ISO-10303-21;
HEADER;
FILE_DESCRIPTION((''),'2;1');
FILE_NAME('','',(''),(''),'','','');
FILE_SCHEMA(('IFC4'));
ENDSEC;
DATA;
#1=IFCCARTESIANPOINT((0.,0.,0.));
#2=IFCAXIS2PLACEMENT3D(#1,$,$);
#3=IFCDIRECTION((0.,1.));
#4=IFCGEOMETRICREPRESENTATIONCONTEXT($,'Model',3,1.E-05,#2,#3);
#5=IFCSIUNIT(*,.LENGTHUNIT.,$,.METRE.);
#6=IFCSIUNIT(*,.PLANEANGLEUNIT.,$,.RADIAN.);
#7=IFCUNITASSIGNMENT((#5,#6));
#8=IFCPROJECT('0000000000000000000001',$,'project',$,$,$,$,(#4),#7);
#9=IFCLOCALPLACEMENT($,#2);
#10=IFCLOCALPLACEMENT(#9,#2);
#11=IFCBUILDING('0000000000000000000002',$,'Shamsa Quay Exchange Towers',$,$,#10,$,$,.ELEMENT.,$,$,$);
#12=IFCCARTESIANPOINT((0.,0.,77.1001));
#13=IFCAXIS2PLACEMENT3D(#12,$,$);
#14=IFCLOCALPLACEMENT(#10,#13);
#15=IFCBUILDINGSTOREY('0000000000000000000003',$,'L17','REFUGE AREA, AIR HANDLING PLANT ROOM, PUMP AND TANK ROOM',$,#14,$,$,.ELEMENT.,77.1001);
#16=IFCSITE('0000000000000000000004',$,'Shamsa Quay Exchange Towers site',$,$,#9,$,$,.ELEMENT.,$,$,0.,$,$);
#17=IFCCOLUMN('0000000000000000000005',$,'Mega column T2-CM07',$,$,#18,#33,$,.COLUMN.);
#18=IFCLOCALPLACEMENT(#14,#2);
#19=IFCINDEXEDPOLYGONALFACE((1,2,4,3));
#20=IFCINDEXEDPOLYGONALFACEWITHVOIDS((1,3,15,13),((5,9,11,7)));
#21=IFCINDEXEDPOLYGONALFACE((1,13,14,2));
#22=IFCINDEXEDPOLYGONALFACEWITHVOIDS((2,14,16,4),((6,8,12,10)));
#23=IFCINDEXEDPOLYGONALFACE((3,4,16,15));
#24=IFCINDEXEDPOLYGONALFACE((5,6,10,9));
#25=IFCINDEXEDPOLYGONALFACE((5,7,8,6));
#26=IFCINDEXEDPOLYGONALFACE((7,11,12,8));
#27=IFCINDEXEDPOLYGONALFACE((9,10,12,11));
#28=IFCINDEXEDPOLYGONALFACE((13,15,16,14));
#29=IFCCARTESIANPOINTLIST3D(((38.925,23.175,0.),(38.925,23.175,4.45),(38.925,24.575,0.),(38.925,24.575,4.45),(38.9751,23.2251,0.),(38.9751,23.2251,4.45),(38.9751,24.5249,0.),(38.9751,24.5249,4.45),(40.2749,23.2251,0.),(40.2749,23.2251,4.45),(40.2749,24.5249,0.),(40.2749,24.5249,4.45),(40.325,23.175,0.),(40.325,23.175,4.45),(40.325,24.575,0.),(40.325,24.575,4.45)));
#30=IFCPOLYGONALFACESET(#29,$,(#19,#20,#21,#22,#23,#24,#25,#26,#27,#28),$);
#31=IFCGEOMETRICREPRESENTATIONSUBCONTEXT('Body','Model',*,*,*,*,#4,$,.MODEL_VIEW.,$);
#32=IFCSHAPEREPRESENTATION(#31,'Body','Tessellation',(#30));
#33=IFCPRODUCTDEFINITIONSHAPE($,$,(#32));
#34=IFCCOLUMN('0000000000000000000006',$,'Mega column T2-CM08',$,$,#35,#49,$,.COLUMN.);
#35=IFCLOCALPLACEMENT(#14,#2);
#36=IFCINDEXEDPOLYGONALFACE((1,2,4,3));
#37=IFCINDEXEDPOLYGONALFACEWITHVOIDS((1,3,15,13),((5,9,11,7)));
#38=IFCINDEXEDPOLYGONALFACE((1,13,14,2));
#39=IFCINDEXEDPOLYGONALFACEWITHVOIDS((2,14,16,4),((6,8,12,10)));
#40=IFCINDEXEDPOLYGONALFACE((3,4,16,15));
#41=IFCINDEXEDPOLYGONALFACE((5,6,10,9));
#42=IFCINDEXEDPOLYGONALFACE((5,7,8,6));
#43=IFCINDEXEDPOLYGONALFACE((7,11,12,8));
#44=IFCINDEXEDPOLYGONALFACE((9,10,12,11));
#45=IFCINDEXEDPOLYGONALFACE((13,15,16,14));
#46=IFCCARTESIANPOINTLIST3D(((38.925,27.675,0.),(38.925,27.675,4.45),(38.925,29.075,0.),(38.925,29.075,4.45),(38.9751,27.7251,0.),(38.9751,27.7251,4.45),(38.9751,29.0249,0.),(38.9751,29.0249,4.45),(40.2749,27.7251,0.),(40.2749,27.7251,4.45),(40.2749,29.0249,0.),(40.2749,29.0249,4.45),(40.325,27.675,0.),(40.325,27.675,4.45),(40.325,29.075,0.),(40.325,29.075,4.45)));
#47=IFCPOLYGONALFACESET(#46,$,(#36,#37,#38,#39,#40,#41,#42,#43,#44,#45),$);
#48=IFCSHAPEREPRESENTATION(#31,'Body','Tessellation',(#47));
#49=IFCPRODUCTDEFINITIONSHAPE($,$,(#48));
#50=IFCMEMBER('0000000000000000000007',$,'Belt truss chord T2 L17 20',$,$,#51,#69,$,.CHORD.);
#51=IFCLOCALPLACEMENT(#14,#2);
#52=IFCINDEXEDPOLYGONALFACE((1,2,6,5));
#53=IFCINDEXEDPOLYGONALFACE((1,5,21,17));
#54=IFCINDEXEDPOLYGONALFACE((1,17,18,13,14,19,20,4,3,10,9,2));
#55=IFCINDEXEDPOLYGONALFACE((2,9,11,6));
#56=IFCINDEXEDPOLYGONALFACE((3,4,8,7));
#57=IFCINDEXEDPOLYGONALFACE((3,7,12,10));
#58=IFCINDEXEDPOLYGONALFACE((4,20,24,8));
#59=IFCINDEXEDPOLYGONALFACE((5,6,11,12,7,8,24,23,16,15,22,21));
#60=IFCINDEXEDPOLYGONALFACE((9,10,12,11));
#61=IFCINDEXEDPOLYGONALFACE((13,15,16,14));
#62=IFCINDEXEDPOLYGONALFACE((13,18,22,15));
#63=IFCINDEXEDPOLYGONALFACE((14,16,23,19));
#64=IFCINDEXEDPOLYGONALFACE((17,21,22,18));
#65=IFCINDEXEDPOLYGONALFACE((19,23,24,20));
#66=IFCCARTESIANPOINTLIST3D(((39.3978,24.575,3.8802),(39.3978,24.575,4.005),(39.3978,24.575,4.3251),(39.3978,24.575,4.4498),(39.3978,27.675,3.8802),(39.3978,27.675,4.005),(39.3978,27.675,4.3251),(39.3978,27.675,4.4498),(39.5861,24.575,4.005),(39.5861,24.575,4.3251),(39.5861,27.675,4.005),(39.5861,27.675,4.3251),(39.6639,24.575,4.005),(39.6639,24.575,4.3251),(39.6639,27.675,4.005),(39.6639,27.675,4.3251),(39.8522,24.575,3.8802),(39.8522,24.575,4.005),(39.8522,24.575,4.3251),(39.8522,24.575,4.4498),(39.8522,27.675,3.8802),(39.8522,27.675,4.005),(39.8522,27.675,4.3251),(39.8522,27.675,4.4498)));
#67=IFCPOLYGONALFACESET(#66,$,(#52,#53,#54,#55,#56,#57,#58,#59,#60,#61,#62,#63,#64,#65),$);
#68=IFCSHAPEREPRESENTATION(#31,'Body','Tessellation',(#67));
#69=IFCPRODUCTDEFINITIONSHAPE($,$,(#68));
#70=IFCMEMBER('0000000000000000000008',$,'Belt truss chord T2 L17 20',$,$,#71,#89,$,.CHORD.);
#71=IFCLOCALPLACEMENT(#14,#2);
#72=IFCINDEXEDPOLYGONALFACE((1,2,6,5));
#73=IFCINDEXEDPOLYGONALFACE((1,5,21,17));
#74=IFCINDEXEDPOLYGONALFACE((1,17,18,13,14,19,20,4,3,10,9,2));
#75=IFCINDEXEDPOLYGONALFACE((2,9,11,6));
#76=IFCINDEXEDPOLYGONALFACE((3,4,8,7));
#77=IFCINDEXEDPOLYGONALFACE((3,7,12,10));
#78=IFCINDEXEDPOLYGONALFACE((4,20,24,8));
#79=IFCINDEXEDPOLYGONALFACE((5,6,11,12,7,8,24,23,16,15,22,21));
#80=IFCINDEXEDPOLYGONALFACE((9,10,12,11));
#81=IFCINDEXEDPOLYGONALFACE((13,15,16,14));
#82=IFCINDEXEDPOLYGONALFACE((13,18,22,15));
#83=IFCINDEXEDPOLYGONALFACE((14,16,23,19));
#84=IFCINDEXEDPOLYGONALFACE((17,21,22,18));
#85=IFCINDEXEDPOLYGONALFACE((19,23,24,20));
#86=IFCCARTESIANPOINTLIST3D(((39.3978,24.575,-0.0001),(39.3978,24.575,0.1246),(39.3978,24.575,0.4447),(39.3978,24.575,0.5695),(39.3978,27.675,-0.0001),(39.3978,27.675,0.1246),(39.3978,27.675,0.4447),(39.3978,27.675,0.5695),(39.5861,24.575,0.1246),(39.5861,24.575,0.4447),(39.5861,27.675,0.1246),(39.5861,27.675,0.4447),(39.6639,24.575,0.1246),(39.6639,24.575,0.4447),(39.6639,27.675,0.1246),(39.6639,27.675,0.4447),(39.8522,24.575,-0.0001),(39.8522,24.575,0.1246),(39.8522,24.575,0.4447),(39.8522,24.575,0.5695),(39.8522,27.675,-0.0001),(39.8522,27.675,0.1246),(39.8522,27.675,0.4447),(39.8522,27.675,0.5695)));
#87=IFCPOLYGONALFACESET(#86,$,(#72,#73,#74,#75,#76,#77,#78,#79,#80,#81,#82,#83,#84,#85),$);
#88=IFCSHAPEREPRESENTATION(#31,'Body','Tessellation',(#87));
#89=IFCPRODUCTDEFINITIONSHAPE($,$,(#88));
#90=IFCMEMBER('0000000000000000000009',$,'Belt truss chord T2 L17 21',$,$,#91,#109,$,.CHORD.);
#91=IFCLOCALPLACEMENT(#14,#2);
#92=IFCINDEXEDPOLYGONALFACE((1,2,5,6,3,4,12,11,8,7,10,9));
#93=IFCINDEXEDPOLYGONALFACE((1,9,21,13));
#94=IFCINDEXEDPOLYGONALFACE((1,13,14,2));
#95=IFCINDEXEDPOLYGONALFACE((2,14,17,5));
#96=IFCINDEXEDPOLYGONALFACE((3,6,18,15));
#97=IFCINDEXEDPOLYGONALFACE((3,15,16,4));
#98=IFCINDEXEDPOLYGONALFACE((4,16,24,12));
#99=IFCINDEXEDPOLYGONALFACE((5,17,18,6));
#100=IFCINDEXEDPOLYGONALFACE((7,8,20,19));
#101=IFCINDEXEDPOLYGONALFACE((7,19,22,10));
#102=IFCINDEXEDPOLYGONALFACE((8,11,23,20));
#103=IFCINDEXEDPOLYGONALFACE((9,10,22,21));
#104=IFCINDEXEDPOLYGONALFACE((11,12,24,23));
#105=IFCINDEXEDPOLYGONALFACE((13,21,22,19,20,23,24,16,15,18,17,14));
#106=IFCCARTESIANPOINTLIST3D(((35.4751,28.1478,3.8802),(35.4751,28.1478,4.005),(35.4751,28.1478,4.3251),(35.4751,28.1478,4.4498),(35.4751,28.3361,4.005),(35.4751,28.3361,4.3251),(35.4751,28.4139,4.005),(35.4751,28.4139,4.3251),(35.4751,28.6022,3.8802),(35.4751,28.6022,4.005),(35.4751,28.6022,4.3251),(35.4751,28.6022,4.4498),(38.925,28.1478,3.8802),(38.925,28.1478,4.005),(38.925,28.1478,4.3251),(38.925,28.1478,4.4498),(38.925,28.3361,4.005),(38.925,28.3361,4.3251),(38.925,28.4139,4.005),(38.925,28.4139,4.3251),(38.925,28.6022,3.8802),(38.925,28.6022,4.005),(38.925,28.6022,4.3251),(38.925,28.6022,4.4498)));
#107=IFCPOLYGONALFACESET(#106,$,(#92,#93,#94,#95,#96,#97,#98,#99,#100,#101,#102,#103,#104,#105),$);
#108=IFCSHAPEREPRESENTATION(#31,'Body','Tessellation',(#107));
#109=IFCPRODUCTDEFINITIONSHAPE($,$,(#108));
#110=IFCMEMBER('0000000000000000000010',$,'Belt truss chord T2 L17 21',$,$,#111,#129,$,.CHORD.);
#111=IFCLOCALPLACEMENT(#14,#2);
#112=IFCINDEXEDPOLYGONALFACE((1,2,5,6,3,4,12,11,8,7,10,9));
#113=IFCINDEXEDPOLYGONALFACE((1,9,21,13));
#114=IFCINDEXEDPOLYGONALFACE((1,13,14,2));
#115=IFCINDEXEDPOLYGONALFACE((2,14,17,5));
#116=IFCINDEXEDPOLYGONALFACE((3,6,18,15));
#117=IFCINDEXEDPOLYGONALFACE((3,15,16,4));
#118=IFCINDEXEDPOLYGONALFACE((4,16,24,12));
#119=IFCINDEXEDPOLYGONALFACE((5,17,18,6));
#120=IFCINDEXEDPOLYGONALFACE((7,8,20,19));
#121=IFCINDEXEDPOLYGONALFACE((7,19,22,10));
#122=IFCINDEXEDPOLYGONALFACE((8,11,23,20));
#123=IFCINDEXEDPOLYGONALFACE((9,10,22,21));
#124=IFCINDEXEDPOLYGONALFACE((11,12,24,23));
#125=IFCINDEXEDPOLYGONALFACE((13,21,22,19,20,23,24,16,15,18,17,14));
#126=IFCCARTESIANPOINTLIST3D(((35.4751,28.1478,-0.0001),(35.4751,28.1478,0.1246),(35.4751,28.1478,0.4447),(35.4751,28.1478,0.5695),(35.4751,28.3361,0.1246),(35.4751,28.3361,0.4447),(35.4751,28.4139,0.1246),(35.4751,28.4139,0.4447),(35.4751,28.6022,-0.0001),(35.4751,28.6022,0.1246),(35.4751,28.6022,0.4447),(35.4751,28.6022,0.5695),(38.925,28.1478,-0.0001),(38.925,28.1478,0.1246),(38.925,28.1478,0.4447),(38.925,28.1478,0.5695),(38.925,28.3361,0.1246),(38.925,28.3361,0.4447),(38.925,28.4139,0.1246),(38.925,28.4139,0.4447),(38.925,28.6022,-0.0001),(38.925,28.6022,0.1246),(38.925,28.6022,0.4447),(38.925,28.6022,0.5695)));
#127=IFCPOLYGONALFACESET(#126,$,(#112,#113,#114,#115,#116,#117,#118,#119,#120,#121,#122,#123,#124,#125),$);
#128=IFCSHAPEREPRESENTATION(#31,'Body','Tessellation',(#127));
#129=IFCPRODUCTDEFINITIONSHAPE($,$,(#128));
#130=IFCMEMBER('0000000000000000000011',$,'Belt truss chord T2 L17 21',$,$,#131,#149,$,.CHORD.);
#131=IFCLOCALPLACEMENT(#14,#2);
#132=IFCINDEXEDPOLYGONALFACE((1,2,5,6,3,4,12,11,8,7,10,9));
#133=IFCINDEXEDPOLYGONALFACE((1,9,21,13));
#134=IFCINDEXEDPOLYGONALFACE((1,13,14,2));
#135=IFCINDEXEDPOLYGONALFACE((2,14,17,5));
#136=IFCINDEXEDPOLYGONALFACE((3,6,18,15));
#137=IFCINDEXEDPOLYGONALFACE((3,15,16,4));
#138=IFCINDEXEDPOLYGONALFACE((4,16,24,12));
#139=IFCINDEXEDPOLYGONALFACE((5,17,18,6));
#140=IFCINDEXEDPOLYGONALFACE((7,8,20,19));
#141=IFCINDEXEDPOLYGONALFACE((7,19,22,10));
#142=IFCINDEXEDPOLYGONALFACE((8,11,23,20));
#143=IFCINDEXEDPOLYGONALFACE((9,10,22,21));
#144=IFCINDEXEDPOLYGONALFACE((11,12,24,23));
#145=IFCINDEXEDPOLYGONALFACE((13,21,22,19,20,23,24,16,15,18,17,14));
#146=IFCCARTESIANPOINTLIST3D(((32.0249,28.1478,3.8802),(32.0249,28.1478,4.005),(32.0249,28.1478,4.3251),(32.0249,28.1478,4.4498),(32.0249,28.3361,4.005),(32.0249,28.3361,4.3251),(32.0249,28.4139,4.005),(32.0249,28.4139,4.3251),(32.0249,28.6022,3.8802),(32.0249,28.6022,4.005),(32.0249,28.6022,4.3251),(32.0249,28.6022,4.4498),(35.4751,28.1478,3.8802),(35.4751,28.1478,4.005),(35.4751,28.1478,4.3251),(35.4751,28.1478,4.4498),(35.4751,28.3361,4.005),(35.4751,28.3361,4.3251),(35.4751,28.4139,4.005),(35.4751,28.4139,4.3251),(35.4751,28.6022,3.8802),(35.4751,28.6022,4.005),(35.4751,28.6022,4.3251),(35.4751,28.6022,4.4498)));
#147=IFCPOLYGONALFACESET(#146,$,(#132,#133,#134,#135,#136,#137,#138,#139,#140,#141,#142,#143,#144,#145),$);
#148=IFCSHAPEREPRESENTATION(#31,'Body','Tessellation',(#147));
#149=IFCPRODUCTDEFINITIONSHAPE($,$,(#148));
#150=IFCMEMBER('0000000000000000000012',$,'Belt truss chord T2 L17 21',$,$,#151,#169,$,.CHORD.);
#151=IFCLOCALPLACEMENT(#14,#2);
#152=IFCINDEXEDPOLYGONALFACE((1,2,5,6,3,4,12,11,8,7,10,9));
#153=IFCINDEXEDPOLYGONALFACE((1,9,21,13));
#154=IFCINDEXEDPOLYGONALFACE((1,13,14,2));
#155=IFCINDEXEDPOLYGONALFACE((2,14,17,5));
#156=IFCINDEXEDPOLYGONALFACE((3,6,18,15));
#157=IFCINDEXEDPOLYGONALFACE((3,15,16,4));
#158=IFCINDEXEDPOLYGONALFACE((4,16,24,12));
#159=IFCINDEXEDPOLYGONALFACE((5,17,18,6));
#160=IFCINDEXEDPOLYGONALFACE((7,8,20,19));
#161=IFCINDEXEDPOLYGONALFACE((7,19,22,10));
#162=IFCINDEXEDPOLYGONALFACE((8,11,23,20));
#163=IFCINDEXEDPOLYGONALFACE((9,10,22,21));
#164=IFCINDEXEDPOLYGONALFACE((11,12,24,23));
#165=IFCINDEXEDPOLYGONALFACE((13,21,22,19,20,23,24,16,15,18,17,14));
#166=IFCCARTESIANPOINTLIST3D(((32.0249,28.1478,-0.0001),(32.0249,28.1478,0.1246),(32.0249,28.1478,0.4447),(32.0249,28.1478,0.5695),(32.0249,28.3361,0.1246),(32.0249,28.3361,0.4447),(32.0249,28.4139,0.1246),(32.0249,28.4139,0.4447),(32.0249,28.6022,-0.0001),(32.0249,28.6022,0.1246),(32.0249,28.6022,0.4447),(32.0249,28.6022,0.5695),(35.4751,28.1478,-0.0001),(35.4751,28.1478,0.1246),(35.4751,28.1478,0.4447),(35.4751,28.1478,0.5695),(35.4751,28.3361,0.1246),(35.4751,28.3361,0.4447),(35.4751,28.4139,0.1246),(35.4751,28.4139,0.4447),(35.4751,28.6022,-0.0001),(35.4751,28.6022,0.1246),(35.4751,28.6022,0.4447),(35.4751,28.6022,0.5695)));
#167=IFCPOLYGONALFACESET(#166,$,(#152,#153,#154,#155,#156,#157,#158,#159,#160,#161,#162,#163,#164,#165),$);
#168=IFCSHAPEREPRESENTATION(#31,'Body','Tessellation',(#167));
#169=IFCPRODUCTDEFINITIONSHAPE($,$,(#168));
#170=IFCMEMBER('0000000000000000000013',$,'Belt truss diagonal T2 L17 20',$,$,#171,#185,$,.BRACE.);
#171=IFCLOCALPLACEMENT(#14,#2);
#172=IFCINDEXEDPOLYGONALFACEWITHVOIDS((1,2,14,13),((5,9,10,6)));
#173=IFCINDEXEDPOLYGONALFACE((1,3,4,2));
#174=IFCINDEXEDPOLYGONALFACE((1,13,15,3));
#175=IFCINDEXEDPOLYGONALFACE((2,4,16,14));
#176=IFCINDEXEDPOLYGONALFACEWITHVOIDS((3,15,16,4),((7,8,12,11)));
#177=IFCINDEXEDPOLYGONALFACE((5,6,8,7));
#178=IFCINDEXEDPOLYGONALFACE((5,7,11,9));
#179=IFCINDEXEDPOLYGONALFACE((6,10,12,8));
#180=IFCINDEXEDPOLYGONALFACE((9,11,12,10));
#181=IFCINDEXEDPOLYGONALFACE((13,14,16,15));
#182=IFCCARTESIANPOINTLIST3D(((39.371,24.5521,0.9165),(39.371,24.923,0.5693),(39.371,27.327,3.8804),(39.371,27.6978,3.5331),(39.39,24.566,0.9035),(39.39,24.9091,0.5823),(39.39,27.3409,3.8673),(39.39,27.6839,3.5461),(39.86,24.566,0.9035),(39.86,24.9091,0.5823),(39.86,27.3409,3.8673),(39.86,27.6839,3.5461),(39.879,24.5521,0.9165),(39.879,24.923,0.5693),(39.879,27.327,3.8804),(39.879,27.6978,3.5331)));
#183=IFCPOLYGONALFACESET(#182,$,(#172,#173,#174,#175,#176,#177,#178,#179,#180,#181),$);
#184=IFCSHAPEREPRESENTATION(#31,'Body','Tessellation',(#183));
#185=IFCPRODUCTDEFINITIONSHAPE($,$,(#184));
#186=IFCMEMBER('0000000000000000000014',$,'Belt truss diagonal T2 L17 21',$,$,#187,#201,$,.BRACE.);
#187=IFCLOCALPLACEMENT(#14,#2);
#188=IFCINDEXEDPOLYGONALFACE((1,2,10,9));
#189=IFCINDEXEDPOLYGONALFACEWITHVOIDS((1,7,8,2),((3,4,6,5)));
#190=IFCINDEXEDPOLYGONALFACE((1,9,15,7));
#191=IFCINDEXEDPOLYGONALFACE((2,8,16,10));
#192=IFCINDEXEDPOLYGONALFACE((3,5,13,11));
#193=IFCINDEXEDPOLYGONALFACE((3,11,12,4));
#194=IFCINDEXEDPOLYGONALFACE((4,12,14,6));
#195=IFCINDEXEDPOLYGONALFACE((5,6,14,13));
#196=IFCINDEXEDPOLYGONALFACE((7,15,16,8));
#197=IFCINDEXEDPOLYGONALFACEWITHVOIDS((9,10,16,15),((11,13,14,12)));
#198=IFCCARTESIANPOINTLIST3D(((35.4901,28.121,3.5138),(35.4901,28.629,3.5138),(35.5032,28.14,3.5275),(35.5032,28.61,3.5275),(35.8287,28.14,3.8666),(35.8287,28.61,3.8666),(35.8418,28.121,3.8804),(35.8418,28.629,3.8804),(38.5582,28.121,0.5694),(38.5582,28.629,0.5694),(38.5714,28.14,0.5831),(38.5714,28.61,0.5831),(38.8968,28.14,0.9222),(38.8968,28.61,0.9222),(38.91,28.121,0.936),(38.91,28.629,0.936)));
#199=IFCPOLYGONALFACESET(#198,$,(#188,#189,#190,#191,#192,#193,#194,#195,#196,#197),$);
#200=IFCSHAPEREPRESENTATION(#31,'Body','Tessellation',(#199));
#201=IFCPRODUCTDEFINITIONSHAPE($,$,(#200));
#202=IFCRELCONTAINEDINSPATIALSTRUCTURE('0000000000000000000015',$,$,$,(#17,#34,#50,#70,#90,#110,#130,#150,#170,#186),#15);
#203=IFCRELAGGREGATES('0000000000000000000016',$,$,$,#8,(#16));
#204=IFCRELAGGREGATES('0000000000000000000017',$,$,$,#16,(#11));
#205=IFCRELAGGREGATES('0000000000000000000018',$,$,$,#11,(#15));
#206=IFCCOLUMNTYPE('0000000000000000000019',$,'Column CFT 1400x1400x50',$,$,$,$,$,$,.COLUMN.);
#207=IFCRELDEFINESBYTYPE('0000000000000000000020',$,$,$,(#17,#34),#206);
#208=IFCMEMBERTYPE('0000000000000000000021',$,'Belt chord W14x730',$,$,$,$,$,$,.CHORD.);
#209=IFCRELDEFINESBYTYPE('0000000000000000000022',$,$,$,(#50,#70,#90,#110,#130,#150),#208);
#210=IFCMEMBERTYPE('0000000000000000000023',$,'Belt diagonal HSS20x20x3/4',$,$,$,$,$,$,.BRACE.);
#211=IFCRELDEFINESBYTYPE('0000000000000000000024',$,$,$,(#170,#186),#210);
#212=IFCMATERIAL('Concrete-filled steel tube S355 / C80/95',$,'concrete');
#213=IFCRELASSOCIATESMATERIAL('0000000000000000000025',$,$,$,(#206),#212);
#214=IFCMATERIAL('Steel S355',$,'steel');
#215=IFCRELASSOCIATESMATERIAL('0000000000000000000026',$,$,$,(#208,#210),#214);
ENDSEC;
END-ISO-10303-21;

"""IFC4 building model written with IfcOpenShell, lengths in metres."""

from ifc_helpers import new_model, si_unit, direction, frame, origin, origin_2d, place, context, subcontext, project, spatial, hollow_rectangle, i_section, extrude, material, material_profile, profile_set, type_object, element, save


model = new_model("IFC4")

# Units and contexts
model_context = context("Model", 3, precision=1e-05, world=origin(), true_north=direction((0.0, 1.0)))
body_context = subcontext(model_context, "Body", "Model", "MODEL_VIEW")
ifc_project = project(units=[si_unit("LENGTHUNIT", "METRE"), si_unit("PLANEANGLEUNIT", "RADIAN")], contexts=[model_context])

# Site, building, storey
site_placement = place(None, origin())
site = spatial("IfcSite", under=ifc_project, at=site_placement, Name="Shamsa Quay Exchange Towers site", CompositionType="ELEMENT", RefElevation=0.0)
building_placement = place(site_placement, origin())
building = spatial("IfcBuilding", under=site, at=building_placement, Name="Shamsa Quay Exchange Towers", CompositionType="ELEMENT")
storey_placement = place(building_placement, frame((0.0, 0.0, 77.1001)))
storey = spatial("IfcBuildingStorey", under=building, at=storey_placement, Name="L17", Description="REFUGE AREA, AIR HANDLING PLANT ROOM, PUMP AND TANK ROOM", CompositionType="ELEMENT", Elevation=77.1001)

# Columns
ifc_material_1 = material(Name="Concrete-filled steel tube S355 / C80/95", Category="concrete")
ifc_material_profile_1 = material_profile(ifc_material_1, hollow_rectangle(XDim=1.3999, YDim=1.3999, WallThickness=0.05, at=origin_2d()), Name="CFT 1400x1400x50")
ifc_profile_set_1 = profile_set([ifc_material_profile_1], Name="Concrete-filled steel tube S355 / C80/95")
column_type = type_object("IfcColumnType", Name="Column CFT 1400x1400x50", PredefinedType="COLUMN", material=ifc_profile_set_1)
for number, where, name in (
    (1, (39.625, 23.875, 0.0), "Mega column T2-CM07"),
    (2, (39.625, 28.375, 0.0), "Mega column T2-CM08"),
):
    element("IfcColumn", number, at=place(storey_placement, frame(where)), inside=storey, type_object=column_type, Name=name, PredefinedType="COLUMN", context=body_context, shape_type="SweptSolid", body=[
        extrude(hollow_rectangle(XDim=1.3999, YDim=1.3999, WallThickness=0.05, at=origin_2d()), origin(), (0.0, 0.0, 1.0), 4.45),
    ])

# Members
ifc_material_2 = material(Name="Steel S355", Category="steel")
ifc_material_profile_2 = material_profile(ifc_material_2, i_section(OverallWidth=0.4543, OverallDepth=0.5696, WebThickness=0.0779, FlangeThickness=0.1248, at=origin_2d()), Name="W14x730")
ifc_profile_set_2 = profile_set([ifc_material_profile_2], Name="Steel S355")
member_type_1 = type_object("IfcMemberType", Name="Belt chord W14x730", PredefinedType="CHORD", material=ifc_profile_set_2)
for number, where, z_axis, x_axis, name in (
    (3, (39.625, 24.575, 4.165), (0.0, 1.0, 0.0), (-1.0, 0.0, 0.0), "Belt truss chord T2 L17 20"),
    (4, (39.625, 24.575, 0.2847), (0.0, 1.0, 0.0), (-1.0, 0.0, 0.0), "Belt truss chord T2 L17 20"),
):
    element("IfcMember", number, at=place(storey_placement, frame(where, z_axis=z_axis, x_axis=x_axis)), inside=storey, type_object=member_type_1, Name=name, PredefinedType="CHORD", context=body_context, shape_type="SweptSolid", body=[
        extrude(i_section(OverallWidth=0.4543, OverallDepth=0.5696, WebThickness=0.0779, FlangeThickness=0.1248, at=origin_2d()), origin(), (0.0, 0.0, 1.0), 3.1001),
    ])
for number, where, z_axis, x_axis, name in (
    (5, (38.925, 28.375, 4.165), (-1.0, 0.0, 0.0), (0.0, -1.0, 0.0), "Belt truss chord T2 L17 21"),
    (6, (38.925, 28.375, 0.2847), (-1.0, 0.0, 0.0), (0.0, -1.0, 0.0), "Belt truss chord T2 L17 21"),
):
    element("IfcMember", number, at=place(storey_placement, frame(where, z_axis=z_axis, x_axis=x_axis)), inside=storey, type_object=member_type_1, Name=name, PredefinedType="CHORD", context=body_context, shape_type="SweptSolid", body=[
        extrude(i_section(OverallWidth=0.4543, OverallDepth=0.5696, WebThickness=0.0779, FlangeThickness=0.1248, at=origin_2d()), origin(), (0.0, 0.0, 1.0), 3.45),
    ])
for number, where, z_axis, x_axis, name in (
    (7, (35.4751, 28.375, 4.165), (-1.0, 0.0, 0.0), (0.0, -1.0, 0.0), "Belt truss chord T2 L17 21"),
    (8, (35.4751, 28.375, 0.2847), (-1.0, 0.0, 0.0), (0.0, -1.0, 0.0), "Belt truss chord T2 L17 21"),
):
    element("IfcMember", number, at=place(storey_placement, frame(where, z_axis=z_axis, x_axis=x_axis)), inside=storey, type_object=member_type_1, Name=name, PredefinedType="CHORD", context=body_context, shape_type="SweptSolid", body=[
        extrude(i_section(OverallWidth=0.4543, OverallDepth=0.5696, WebThickness=0.0779, FlangeThickness=0.1248, at=origin_2d()), origin(), (0.0, 0.0, 1.0), 3.4502),
    ])
ifc_material_profile_3 = material_profile(ifc_material_2, hollow_rectangle(XDim=0.5081, YDim=0.5081, WallThickness=0.019, at=origin_2d()), Name="HSS20x20x3/4")
ifc_profile_set_3 = profile_set([ifc_material_profile_3], Name="Steel S355")
member_type_2 = type_object("IfcMemberType", Name="Belt diagonal HSS20x20x3/4", PredefinedType="BRACE", material=ifc_profile_set_3)
member_1_placement = place(storey_placement, frame((39.625, 24.7375, 0.7429), z_axis=(0.0, 0.683453, 0.729995), x_axis=(-1.0, 0.0, 0.0)))
element("IfcMember", 9, at=member_1_placement, inside=storey, type_object=member_type_2, Name="Belt truss diagonal T2 L17 20", PredefinedType="BRACE", context=body_context, shape_type="SweptSolid", body=[
    extrude(hollow_rectangle(XDim=0.5081, YDim=0.5081, WallThickness=0.019, at=origin_2d()), origin(), (0.0, 0.0, 1.0), 4.0601),
])
member_2_placement = place(storey_placement, frame((38.7341, 28.375, 0.7527), z_axis=(-0.721511, 0.0, 0.692403), x_axis=(0.0, -1.0, 0.0)))
element("IfcMember", 10, at=member_2_placement, inside=storey, type_object=member_type_2, Name="Belt truss diagonal T2 L17 21", PredefinedType="BRACE", context=body_context, shape_type="SweptSolid", body=[
    extrude(hollow_rectangle(XDim=0.5081, YDim=0.5081, WallThickness=0.019, at=origin_2d()), origin(), (0.0, 0.0, 1.0), 4.2524),
])

save(model, "model.ifc")
